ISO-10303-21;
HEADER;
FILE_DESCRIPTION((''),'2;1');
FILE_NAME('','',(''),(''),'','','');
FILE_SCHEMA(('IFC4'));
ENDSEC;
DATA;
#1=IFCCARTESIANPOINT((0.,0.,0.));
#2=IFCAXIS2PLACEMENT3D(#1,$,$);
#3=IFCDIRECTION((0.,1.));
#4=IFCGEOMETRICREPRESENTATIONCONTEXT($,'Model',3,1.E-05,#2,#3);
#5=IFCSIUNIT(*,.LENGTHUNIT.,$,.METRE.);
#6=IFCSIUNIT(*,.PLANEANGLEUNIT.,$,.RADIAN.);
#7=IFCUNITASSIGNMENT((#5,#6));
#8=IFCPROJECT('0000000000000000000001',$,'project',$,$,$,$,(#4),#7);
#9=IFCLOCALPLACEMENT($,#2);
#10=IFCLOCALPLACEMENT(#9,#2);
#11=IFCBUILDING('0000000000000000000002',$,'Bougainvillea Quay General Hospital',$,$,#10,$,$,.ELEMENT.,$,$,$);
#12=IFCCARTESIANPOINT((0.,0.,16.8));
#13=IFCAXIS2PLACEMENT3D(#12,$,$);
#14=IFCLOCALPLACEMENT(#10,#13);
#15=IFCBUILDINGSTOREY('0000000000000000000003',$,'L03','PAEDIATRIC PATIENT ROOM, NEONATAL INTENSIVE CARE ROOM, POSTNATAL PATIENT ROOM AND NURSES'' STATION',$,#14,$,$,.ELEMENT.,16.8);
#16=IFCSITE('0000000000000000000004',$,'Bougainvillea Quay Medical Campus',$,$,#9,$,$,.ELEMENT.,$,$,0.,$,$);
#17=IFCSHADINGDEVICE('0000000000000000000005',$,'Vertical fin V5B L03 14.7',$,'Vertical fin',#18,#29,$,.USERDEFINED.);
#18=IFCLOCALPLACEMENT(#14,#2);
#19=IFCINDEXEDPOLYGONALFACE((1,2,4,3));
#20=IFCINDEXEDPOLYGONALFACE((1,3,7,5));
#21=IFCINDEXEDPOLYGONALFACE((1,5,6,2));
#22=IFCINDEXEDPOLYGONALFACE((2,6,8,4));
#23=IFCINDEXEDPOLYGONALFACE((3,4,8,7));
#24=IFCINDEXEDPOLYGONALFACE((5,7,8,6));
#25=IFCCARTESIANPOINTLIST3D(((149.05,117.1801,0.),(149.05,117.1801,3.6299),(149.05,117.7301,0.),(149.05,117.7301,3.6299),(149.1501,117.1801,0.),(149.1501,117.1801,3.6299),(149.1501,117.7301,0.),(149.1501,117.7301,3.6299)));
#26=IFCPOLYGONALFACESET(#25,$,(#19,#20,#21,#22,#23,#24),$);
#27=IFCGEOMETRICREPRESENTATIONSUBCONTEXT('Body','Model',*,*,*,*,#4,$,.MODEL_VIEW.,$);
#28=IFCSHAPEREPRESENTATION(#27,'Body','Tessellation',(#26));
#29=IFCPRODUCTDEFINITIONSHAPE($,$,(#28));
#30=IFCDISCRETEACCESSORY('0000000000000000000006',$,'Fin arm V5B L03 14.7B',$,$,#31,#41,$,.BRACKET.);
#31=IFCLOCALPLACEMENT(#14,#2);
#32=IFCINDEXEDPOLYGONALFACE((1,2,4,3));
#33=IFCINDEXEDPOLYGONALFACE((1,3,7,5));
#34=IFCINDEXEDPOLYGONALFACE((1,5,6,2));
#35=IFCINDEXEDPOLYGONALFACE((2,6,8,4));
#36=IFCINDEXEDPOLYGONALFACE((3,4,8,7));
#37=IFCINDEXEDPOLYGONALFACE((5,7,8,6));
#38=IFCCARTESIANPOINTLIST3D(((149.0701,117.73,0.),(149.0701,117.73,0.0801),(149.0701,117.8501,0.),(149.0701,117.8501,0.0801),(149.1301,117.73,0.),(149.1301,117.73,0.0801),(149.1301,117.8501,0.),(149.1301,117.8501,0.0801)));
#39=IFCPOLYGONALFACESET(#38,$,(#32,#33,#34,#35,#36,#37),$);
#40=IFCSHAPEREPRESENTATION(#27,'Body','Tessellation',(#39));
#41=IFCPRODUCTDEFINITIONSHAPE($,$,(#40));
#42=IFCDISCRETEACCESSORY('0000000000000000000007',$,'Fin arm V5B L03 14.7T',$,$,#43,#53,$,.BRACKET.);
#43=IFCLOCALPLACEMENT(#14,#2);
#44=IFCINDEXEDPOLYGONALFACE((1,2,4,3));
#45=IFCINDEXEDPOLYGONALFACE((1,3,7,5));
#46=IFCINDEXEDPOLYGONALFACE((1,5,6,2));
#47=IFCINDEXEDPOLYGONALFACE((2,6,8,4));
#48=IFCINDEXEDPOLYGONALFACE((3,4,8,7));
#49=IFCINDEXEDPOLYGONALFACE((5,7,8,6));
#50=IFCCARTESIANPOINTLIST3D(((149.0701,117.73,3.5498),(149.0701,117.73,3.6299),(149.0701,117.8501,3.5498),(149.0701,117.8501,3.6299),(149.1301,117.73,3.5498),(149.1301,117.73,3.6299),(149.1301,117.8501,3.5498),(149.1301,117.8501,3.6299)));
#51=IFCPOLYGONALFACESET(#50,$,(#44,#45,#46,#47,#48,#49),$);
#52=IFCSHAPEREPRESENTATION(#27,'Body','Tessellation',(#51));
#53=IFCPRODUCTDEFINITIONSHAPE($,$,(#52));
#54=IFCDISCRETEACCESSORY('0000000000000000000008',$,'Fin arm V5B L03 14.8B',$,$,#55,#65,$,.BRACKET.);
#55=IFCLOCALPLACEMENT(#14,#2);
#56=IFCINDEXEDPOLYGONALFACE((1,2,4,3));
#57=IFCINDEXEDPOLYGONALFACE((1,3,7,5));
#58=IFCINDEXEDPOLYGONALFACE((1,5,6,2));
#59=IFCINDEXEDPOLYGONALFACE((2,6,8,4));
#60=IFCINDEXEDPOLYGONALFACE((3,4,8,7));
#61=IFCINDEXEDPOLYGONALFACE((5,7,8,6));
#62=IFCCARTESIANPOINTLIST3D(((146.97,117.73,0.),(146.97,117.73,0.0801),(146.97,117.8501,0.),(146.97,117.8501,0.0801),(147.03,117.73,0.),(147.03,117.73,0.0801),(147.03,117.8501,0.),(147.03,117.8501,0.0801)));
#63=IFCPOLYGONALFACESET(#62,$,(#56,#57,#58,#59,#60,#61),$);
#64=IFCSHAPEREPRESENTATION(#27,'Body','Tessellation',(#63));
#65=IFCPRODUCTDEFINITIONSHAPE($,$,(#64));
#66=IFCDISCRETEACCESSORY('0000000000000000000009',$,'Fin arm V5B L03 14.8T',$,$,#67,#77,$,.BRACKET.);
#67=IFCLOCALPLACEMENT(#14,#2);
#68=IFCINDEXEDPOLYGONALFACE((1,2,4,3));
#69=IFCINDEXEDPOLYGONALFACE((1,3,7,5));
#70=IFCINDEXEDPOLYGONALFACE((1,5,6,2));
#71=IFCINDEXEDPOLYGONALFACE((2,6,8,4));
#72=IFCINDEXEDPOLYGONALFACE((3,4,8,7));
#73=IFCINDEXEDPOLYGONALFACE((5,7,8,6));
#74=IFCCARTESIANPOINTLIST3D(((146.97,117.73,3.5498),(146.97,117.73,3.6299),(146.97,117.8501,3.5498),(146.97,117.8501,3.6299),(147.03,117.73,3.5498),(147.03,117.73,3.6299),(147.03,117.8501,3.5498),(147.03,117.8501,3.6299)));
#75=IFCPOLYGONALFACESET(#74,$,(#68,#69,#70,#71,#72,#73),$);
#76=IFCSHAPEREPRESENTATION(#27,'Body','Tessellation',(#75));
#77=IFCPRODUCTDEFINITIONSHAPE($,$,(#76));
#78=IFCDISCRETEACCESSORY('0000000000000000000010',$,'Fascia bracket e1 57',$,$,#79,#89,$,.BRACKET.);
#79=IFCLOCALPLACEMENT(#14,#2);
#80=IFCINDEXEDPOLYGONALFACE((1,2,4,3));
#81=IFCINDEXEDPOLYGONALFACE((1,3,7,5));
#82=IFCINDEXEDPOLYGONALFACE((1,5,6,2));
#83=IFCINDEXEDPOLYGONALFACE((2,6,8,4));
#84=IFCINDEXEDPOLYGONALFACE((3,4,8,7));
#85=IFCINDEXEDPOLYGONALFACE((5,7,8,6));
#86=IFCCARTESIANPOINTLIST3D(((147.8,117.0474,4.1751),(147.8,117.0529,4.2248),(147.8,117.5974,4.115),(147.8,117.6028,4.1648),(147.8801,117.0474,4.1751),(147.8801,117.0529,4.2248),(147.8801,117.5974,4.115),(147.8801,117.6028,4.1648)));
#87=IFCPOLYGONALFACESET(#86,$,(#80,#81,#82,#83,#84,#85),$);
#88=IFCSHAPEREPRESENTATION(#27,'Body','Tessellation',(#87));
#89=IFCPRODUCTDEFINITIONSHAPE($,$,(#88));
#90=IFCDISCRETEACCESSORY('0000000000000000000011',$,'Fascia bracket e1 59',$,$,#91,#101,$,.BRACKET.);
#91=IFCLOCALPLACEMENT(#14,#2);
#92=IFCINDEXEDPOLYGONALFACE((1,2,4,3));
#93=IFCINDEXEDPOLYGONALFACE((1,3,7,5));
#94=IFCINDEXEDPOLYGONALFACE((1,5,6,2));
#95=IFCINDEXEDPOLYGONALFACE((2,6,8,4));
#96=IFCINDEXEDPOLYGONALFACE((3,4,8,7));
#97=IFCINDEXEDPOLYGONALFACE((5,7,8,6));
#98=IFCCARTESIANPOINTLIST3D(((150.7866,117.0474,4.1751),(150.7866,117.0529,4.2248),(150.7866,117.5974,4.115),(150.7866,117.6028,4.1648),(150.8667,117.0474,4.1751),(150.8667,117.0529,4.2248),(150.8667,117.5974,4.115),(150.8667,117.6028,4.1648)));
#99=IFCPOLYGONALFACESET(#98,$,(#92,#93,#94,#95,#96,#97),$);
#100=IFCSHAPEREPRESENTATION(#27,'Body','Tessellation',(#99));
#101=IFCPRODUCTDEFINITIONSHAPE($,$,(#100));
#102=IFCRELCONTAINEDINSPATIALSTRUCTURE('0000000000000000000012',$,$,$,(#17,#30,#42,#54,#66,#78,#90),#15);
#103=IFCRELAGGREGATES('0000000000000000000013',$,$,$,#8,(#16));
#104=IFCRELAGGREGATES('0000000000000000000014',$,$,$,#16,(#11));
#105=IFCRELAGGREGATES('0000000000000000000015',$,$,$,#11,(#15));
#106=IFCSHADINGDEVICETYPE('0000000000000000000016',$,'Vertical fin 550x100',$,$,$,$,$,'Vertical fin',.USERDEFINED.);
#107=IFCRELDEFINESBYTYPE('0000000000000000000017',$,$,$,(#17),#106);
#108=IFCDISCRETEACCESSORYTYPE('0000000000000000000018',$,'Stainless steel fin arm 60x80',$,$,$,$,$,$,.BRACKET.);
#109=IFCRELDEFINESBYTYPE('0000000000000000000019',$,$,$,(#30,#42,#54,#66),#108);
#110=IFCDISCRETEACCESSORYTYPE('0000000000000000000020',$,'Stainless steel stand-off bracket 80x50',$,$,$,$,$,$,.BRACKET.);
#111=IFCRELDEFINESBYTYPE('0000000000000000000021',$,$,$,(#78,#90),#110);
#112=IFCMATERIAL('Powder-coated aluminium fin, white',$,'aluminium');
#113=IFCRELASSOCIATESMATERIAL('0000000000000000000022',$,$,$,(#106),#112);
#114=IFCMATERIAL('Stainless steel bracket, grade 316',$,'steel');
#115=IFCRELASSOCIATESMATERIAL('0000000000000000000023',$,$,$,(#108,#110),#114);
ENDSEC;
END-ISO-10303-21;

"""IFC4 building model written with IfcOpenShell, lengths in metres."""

from ifc_helpers import new_model, si_unit, direction, frame, origin, origin_2d, place, context, subcontext, project, spatial, rectangle, extrude, material, material_profile, profile_set, type_object, element, save


model = new_model("IFC4")

# Units and contexts
model_context = context("Model", 3, precision=1e-05, world=origin(), true_north=direction((0.0, 1.0)))
body_context = subcontext(model_context, "Body", "Model", "MODEL_VIEW")
ifc_project = project(units=[si_unit("LENGTHUNIT", "METRE"), si_unit("PLANEANGLEUNIT", "RADIAN")], contexts=[model_context])

# Site, building, storey
site_placement = place(None, origin())
site = spatial("IfcSite", under=ifc_project, at=site_placement, Name="Bougainvillea Quay Medical Campus", CompositionType="ELEMENT", RefElevation=0.0)
building_placement = place(site_placement, origin())
building = spatial("IfcBuilding", under=site, at=building_placement, Name="Bougainvillea Quay General Hospital", CompositionType="ELEMENT")
storey_placement = place(building_placement, frame((0.0, 0.0, 16.8)))
storey = spatial("IfcBuildingStorey", under=building, at=storey_placement, Name="L03", Description="PAEDIATRIC PATIENT ROOM, NEONATAL INTENSIVE CARE ROOM, POSTNATAL PATIENT ROOM AND NURSES' STATION", CompositionType="ELEMENT", Elevation=16.8)

# Shading device
ifc_material_1 = material(Name="Powder-coated aluminium fin, white", Category="aluminium")
ifc_material_profile_1 = material_profile(ifc_material_1, rectangle(XDim=0.55, YDim=0.1001, at=origin_2d()))
ifc_profile_set_1 = profile_set([ifc_material_profile_1], Name="Powder-coated aluminium fin, white")
shading_device_type = type_object("IfcShadingDeviceType", Name="Vertical fin 550x100", ElementType="Vertical fin", PredefinedType="USERDEFINED", material=ifc_profile_set_1)
shading_device_placement = place(storey_placement, frame((149.1001, 117.4551, 0.0), z_axis=(0.0, 0.0, 1.0), x_axis=(0.0, -1.0, 0.0)))
element("IfcShadingDevice", 1, at=shading_device_placement, inside=storey, type_object=shading_device_type, Name="Vertical fin V5B L03 14.7", ObjectType="Vertical fin", PredefinedType="USERDEFINED", context=body_context, shape_type="SweptSolid", body=[
    extrude(rectangle(XDim=0.55, YDim=0.1001, at=origin_2d()), origin(), (0.0, 0.0, 1.0), 3.6299),
])

# Discrete accessories
ifc_material_2 = material(Name="Stainless steel bracket, grade 316", Category="steel")
discrete_accessory_type_1 = type_object("IfcDiscreteAccessoryType", Name="Stainless steel fin arm 60x80", PredefinedType="BRACKET", material=ifc_material_2)
for number, where, z_axis, x_axis, name in (
    (2, (149.1001, 117.79, 0.0), (0.0, 0.0, 1.0), (0.0, -1.0, 0.0), "Fin arm V5B L03 14.7B"),
    (3, (149.1001, 117.79, 3.5498), (0.0, 0.0, 1.0), (0.0, -1.0, 0.0), "Fin arm V5B L03 14.7T"),
    (4, (147.0, 117.79, 0.0), (0.0, 0.0, 1.0), (0.0, -1.0, 0.0), "Fin arm V5B L03 14.8B"),
    (5, (147.0, 117.79, 3.5498), (0.0, 0.0, 1.0), (0.0, -1.0, 0.0), "Fin arm V5B L03 14.8T"),
):
    element("IfcDiscreteAccessory", number, at=place(storey_placement, frame(where, z_axis=z_axis, x_axis=x_axis)), inside=storey, type_object=discrete_accessory_type_1, Name=name, PredefinedType="BRACKET", context=body_context, shape_type="SweptSolid", body=[
        extrude(rectangle(XDim=0.1201, YDim=0.0601, at=origin_2d()), origin(), (0.0, 0.0, 1.0), 0.0801),
    ])
ifc_material_profile_2 = material_profile(ifc_material_2, rectangle(XDim=0.0801, YDim=0.05, at=origin_2d()))
ifc_profile_set_2 = profile_set([ifc_material_profile_2], Name="Stainless steel bracket, grade 316")
discrete_accessory_type_2 = type_object("IfcDiscreteAccessoryType", Name="Stainless steel stand-off bracket 80x50", PredefinedType="BRACKET", material=ifc_profile_set_2)
for number, where, z_axis, x_axis, name in (
    (6, (147.8401, 117.6001, 4.1399), (0.0, -0.994092, 0.108543), (1.0, 0.0, 0.0), "Fascia bracket e1 57"),
    (7, (150.8267, 117.6001, 4.1399), (0.0, -0.994092, 0.108543), (1.0, 0.0, 0.0), "Fascia bracket e1 59"),
):
    element("IfcDiscreteAccessory", number, at=place(storey_placement, frame(where, z_axis=z_axis, x_axis=x_axis)), inside=storey, type_object=discrete_accessory_type_2, Name=name, PredefinedType="BRACKET", context=body_context, shape_type="SweptSolid", body=[
        extrude(rectangle(XDim=0.0801, YDim=0.05, at=origin_2d()), origin(), (0.0, 0.0, 1.0), 0.5532),
    ])

save(model, "model.ifc")
